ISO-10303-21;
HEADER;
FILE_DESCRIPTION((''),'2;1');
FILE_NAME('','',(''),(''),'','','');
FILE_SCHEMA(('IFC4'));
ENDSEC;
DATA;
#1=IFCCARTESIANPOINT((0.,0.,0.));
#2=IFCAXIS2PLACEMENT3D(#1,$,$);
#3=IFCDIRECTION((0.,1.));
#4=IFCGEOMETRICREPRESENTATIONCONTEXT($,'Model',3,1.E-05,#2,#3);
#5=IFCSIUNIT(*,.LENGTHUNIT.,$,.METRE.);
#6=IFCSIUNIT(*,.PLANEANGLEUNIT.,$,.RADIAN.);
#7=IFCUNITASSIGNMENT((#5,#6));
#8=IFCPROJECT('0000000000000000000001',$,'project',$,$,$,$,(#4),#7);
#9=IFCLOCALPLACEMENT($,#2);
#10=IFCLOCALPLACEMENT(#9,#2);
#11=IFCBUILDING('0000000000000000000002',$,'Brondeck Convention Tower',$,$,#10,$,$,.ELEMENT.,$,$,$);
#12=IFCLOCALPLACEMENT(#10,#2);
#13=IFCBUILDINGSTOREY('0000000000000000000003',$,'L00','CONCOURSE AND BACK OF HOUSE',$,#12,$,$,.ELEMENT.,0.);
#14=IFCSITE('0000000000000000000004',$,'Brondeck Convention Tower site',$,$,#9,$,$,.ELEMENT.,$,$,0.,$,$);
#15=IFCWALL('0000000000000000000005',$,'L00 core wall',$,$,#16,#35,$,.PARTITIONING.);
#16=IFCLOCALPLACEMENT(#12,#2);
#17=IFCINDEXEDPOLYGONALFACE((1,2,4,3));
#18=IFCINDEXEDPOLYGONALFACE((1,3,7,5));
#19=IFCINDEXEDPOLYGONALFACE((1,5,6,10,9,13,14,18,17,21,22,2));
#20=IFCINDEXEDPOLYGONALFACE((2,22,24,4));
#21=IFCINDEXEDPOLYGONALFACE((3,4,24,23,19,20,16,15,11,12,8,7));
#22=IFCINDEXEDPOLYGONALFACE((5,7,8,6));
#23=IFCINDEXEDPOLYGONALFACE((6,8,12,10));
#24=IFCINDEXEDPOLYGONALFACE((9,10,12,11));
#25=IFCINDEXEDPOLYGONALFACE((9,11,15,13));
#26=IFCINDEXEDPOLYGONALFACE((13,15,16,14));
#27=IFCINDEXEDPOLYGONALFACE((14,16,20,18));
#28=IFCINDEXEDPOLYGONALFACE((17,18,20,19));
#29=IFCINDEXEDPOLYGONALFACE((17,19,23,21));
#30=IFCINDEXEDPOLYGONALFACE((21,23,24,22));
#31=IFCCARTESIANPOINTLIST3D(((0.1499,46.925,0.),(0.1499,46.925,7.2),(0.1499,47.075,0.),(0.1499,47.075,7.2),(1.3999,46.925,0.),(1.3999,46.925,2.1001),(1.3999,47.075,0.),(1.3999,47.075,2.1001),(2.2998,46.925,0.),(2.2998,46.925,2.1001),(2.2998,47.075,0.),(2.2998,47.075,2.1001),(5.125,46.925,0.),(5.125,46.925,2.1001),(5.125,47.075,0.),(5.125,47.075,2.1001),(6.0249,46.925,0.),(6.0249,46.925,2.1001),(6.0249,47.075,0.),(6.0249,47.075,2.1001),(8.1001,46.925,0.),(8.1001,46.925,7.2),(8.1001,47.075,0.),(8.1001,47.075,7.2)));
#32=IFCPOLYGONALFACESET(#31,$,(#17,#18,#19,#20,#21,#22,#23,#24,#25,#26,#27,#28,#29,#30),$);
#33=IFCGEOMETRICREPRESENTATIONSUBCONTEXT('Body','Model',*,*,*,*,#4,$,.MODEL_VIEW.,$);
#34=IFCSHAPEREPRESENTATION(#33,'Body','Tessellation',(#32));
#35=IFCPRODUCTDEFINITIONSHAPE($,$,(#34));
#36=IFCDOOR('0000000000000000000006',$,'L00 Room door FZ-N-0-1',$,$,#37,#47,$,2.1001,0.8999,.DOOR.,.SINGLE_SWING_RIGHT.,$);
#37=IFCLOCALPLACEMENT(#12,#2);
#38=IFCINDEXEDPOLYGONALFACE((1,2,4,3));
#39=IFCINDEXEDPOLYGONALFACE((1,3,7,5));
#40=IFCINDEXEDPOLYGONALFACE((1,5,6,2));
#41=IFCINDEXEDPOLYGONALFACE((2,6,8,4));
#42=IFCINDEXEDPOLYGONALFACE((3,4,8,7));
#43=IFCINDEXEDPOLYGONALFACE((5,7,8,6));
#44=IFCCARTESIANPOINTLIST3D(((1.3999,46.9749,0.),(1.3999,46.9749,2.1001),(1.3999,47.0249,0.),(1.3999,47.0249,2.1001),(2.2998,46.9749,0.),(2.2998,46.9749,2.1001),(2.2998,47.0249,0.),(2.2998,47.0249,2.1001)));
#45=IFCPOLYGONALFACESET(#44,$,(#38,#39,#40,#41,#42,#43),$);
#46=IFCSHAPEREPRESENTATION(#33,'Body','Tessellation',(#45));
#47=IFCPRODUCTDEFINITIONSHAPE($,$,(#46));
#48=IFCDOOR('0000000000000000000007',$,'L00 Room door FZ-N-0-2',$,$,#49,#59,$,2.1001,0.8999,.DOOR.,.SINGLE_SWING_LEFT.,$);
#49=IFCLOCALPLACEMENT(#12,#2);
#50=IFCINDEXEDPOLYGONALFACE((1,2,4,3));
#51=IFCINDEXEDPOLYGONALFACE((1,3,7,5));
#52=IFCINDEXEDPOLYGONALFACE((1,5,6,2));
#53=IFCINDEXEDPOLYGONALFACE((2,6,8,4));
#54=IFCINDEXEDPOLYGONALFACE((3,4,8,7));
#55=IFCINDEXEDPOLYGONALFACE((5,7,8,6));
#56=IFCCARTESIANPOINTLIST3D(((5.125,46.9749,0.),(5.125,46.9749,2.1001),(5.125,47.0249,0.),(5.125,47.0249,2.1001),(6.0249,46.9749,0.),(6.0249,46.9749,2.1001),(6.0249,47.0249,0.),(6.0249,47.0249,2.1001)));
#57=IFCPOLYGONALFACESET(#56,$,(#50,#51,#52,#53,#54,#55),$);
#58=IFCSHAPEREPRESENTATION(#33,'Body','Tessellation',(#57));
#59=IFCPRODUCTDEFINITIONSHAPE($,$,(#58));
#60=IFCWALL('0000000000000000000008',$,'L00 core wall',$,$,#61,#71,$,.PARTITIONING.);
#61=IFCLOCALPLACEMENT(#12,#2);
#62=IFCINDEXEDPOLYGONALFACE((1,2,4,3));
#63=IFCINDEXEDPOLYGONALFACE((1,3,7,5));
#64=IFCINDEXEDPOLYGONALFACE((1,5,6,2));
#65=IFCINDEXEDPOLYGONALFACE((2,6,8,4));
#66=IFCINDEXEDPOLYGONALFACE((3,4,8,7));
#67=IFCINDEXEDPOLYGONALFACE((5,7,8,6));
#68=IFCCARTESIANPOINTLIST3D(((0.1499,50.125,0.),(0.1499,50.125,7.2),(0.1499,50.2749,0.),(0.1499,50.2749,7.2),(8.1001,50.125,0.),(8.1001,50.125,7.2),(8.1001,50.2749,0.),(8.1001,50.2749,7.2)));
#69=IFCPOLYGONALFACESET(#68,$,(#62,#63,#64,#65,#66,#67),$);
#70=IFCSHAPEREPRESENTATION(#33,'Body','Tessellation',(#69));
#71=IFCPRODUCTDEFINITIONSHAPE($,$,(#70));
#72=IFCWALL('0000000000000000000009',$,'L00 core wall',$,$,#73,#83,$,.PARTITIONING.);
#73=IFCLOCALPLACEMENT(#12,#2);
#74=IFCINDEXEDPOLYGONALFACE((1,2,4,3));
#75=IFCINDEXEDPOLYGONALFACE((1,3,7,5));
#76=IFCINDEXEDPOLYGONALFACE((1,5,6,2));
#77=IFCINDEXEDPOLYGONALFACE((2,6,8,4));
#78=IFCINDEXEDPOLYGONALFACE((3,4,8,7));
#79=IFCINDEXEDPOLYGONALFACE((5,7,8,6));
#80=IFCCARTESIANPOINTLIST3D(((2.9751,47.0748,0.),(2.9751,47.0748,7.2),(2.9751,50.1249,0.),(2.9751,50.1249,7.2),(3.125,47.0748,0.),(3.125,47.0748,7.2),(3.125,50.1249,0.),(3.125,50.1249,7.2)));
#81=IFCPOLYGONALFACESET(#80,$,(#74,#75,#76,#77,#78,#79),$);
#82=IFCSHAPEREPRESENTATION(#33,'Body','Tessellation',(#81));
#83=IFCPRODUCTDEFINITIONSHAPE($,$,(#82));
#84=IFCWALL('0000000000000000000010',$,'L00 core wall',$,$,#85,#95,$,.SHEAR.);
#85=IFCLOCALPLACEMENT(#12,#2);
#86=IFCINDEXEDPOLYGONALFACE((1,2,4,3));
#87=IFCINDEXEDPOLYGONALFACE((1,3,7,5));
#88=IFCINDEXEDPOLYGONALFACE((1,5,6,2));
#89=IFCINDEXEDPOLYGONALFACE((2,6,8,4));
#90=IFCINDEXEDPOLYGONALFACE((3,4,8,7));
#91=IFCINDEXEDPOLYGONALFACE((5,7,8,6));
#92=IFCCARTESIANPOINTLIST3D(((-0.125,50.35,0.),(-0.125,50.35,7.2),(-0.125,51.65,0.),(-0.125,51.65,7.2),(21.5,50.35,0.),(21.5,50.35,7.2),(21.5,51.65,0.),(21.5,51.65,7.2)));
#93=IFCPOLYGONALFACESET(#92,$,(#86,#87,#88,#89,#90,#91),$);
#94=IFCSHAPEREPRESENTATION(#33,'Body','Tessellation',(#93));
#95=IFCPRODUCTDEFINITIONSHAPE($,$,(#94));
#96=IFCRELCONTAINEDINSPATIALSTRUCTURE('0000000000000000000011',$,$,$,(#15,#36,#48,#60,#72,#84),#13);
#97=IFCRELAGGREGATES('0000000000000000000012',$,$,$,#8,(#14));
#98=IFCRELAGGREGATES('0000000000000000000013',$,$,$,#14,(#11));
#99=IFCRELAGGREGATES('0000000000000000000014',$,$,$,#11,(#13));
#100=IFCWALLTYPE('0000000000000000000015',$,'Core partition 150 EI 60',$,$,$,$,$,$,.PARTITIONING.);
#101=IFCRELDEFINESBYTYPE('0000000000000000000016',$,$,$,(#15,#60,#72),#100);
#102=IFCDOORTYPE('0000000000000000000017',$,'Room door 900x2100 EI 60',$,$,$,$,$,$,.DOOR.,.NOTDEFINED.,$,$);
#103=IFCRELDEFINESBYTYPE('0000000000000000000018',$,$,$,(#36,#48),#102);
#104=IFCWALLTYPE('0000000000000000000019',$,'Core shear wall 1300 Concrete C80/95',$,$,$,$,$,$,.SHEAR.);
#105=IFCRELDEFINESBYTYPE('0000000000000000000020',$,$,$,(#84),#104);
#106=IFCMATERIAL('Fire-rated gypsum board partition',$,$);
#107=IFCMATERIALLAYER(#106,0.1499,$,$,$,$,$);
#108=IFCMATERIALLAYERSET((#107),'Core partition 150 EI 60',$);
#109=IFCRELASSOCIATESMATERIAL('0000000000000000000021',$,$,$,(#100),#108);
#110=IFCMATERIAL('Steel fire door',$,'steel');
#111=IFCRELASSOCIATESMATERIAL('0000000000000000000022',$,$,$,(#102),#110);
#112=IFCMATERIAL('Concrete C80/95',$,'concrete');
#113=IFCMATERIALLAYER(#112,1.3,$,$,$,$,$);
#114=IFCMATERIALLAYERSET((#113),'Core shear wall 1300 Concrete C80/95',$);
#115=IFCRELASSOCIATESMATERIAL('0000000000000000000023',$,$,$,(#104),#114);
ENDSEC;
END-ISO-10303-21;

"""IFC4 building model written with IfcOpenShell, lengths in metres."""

from ifc_helpers import new_model, si_unit, direction, frame, frame_2d, origin, place, context, subcontext, project, spatial, rectangle, extrude, material, layer, layer_set, type_object, element, fill, save


model = new_model("IFC4")

# Units and contexts
model_context = context("Model", 3, precision=1e-05, world=origin(), true_north=direction((0.0, 1.0)))
body_context = subcontext(model_context, "Body", "Model", "MODEL_VIEW")
ifc_project = project(units=[si_unit("LENGTHUNIT", "METRE"), si_unit("PLANEANGLEUNIT", "RADIAN")], contexts=[model_context])

# Site, building, storey
site_placement = place(None, origin())
site = spatial("IfcSite", under=ifc_project, at=site_placement, Name="Brondeck Convention Tower site", CompositionType="ELEMENT", RefElevation=0.0)
building_placement = place(site_placement, origin())
building = spatial("IfcBuilding", under=site, at=building_placement, Name="Brondeck Convention Tower", CompositionType="ELEMENT")
storey_placement = place(building_placement, origin())
storey = spatial("IfcBuildingStorey", under=building, at=storey_placement, Name="L00", Description="CONCOURSE AND BACK OF HOUSE", CompositionType="ELEMENT", Elevation=0.0)

# Wall, openings, doors
ifc_material_1 = material(Name="Fire-rated gypsum board partition")
ifc_layer_1 = layer(ifc_material_1, 0.1499)
ifc_layer_set_1 = layer_set([ifc_layer_1], Name="Core partition 150 EI 60")
wall_type_1 = type_object("IfcWallType", Name="Core partition 150 EI 60", PredefinedType="PARTITIONING", material=ifc_layer_set_1)
wall_1_placement = place(storey_placement, frame((0.1499, 47.0, 0.0), z_axis=(0.0, 0.0, 1.0), x_axis=(1.0, 0.0, 0.0)))
wall_1 = element("IfcWall", 1, at=wall_1_placement, inside=storey, type_object=wall_type_1, Name="L00 core wall", PredefinedType="PARTITIONING", context=body_context, shape_type="SweptSolid", body=[
    extrude(rectangle(XDim=7.9502, YDim=0.1499, at=frame_2d((3.9751, 0.0))), origin(), (0.0, 0.0, 1.0), 7.2),
])
opening_1_placement = place(wall_1_placement, frame((1.25, 0.0, 0.0)))
opening_1 = element("IfcOpeningElement", 2, at=opening_1_placement, cuts=wall_1, PredefinedType="OPENING", context=body_context, shape_type="SweptSolid", body=[
    extrude(rectangle(XDim=0.8999, YDim=2.1001, at=frame_2d((0.45, 1.05))), frame((0.0, 0.085, 0.0), z_axis=(0.0, -1.0, 0.0), x_axis=(1.0, 0.0, 0.0)), (0.0, 0.0, 1.0), 0.1699),
])
opening_2_placement = place(wall_1_placement, frame((4.9751, 0.0, 0.0)))
opening_2 = element("IfcOpeningElement", 3, at=opening_2_placement, cuts=wall_1, PredefinedType="OPENING", context=body_context, shape_type="SweptSolid", body=[
    extrude(rectangle(XDim=0.8999, YDim=2.1001, at=frame_2d((0.45, 1.05))), frame((0.0, 0.085, 0.0), z_axis=(0.0, -1.0, 0.0), x_axis=(1.0, 0.0, 0.0)), (0.0, 0.0, 1.0), 0.1699),
])
ifc_material_2 = material(Name="Steel fire door", Category="steel")
door_type_1 = type_object("IfcDoorType", Name="Room door 900x2100 EI 60", OperationType="NOTDEFINED", PredefinedType="DOOR", material=ifc_material_2)
door_1_placement = place(opening_1_placement, origin())
door_1 = element("IfcDoor", 4, at=door_1_placement, inside=storey, type_object=door_type_1, Name="L00 Room door FZ-N-0-1", OperationType="SINGLE_SWING_RIGHT", OverallHeight=2.1001, OverallWidth=0.8999, PredefinedType="DOOR", context=body_context, shape_type="SweptSolid", body=[
    extrude(rectangle(XDim=0.8999, YDim=2.1001, at=frame_2d((0.45, 1.05))), frame((0.0, 0.0249, 0.0), z_axis=(0.0, -1.0, 0.0), x_axis=(1.0, 0.0, 0.0)), (0.0, 0.0, 1.0), 0.05),
])
fill(opening_1, door_1)
door_2_placement = place(opening_2_placement, origin())
door_2 = element("IfcDoor", 5, at=door_2_placement, inside=storey, type_object=door_type_1, Name="L00 Room door FZ-N-0-2", OperationType="SINGLE_SWING_LEFT", OverallHeight=2.1001, OverallWidth=0.8999, PredefinedType="DOOR", context=body_context, shape_type="SweptSolid", body=[
    extrude(rectangle(XDim=0.8999, YDim=2.1001, at=frame_2d((0.45, 1.05))), frame((0.0, 0.0249, 0.0), z_axis=(0.0, -1.0, 0.0), x_axis=(1.0, 0.0, 0.0)), (0.0, 0.0, 1.0), 0.05),
])
fill(opening_2, door_2)

# Walls
wall_2_placement = place(storey_placement, frame((0.1499, 50.2, 0.0), z_axis=(0.0, 0.0, 1.0), x_axis=(1.0, 0.0, 0.0)))
element("IfcWall", 6, at=wall_2_placement, inside=storey, type_object=wall_type_1, Name="L00 core wall", PredefinedType="PARTITIONING", context=body_context, shape_type="SweptSolid", body=[
    extrude(rectangle(XDim=7.9502, YDim=0.1499, at=frame_2d((3.9751, 0.0))), origin(), (0.0, 0.0, 1.0), 7.2),
])
wall_3_placement = place(storey_placement, frame((3.05, 47.075, 0.0), z_axis=(0.0, 0.0, 1.0), x_axis=(0.0, 1.0, 0.0)))
element("IfcWall", 7, at=wall_3_placement, inside=storey, type_object=wall_type_1, Name="L00 core wall", PredefinedType="PARTITIONING", context=body_context, shape_type="SweptSolid", body=[
    extrude(rectangle(XDim=3.05, YDim=0.1499, at=frame_2d((1.5249, 0.0))), origin(), (0.0, 0.0, 1.0), 7.2),
])
ifc_material_3 = material(Name="Concrete C80/95", Category="concrete")
ifc_layer_2 = layer(ifc_material_3, 1.3)
ifc_layer_set_2 = layer_set([ifc_layer_2], Name="Core shear wall 1300 Concrete C80/95")
wall_type_2 = type_object("IfcWallType", Name="Core shear wall 1300 Concrete C80/95", PredefinedType="SHEAR", material=ifc_layer_set_2)
wall_4_placement = place(storey_placement, frame((-0.125, 51.0, 0.0), z_axis=(0.0, 0.0, 1.0), x_axis=(1.0, 0.0, 0.0)))
element("IfcWall", 8, at=wall_4_placement, inside=storey, type_object=wall_type_2, Name="L00 core wall", PredefinedType="SHEAR", context=body_context, shape_type="SweptSolid", body=[
    extrude(rectangle(XDim=21.625, YDim=1.3, at=frame_2d((10.8125, 0.0))), origin(), (0.0, 0.0, 1.0), 7.2),
])

save(model, "model.ifc")
